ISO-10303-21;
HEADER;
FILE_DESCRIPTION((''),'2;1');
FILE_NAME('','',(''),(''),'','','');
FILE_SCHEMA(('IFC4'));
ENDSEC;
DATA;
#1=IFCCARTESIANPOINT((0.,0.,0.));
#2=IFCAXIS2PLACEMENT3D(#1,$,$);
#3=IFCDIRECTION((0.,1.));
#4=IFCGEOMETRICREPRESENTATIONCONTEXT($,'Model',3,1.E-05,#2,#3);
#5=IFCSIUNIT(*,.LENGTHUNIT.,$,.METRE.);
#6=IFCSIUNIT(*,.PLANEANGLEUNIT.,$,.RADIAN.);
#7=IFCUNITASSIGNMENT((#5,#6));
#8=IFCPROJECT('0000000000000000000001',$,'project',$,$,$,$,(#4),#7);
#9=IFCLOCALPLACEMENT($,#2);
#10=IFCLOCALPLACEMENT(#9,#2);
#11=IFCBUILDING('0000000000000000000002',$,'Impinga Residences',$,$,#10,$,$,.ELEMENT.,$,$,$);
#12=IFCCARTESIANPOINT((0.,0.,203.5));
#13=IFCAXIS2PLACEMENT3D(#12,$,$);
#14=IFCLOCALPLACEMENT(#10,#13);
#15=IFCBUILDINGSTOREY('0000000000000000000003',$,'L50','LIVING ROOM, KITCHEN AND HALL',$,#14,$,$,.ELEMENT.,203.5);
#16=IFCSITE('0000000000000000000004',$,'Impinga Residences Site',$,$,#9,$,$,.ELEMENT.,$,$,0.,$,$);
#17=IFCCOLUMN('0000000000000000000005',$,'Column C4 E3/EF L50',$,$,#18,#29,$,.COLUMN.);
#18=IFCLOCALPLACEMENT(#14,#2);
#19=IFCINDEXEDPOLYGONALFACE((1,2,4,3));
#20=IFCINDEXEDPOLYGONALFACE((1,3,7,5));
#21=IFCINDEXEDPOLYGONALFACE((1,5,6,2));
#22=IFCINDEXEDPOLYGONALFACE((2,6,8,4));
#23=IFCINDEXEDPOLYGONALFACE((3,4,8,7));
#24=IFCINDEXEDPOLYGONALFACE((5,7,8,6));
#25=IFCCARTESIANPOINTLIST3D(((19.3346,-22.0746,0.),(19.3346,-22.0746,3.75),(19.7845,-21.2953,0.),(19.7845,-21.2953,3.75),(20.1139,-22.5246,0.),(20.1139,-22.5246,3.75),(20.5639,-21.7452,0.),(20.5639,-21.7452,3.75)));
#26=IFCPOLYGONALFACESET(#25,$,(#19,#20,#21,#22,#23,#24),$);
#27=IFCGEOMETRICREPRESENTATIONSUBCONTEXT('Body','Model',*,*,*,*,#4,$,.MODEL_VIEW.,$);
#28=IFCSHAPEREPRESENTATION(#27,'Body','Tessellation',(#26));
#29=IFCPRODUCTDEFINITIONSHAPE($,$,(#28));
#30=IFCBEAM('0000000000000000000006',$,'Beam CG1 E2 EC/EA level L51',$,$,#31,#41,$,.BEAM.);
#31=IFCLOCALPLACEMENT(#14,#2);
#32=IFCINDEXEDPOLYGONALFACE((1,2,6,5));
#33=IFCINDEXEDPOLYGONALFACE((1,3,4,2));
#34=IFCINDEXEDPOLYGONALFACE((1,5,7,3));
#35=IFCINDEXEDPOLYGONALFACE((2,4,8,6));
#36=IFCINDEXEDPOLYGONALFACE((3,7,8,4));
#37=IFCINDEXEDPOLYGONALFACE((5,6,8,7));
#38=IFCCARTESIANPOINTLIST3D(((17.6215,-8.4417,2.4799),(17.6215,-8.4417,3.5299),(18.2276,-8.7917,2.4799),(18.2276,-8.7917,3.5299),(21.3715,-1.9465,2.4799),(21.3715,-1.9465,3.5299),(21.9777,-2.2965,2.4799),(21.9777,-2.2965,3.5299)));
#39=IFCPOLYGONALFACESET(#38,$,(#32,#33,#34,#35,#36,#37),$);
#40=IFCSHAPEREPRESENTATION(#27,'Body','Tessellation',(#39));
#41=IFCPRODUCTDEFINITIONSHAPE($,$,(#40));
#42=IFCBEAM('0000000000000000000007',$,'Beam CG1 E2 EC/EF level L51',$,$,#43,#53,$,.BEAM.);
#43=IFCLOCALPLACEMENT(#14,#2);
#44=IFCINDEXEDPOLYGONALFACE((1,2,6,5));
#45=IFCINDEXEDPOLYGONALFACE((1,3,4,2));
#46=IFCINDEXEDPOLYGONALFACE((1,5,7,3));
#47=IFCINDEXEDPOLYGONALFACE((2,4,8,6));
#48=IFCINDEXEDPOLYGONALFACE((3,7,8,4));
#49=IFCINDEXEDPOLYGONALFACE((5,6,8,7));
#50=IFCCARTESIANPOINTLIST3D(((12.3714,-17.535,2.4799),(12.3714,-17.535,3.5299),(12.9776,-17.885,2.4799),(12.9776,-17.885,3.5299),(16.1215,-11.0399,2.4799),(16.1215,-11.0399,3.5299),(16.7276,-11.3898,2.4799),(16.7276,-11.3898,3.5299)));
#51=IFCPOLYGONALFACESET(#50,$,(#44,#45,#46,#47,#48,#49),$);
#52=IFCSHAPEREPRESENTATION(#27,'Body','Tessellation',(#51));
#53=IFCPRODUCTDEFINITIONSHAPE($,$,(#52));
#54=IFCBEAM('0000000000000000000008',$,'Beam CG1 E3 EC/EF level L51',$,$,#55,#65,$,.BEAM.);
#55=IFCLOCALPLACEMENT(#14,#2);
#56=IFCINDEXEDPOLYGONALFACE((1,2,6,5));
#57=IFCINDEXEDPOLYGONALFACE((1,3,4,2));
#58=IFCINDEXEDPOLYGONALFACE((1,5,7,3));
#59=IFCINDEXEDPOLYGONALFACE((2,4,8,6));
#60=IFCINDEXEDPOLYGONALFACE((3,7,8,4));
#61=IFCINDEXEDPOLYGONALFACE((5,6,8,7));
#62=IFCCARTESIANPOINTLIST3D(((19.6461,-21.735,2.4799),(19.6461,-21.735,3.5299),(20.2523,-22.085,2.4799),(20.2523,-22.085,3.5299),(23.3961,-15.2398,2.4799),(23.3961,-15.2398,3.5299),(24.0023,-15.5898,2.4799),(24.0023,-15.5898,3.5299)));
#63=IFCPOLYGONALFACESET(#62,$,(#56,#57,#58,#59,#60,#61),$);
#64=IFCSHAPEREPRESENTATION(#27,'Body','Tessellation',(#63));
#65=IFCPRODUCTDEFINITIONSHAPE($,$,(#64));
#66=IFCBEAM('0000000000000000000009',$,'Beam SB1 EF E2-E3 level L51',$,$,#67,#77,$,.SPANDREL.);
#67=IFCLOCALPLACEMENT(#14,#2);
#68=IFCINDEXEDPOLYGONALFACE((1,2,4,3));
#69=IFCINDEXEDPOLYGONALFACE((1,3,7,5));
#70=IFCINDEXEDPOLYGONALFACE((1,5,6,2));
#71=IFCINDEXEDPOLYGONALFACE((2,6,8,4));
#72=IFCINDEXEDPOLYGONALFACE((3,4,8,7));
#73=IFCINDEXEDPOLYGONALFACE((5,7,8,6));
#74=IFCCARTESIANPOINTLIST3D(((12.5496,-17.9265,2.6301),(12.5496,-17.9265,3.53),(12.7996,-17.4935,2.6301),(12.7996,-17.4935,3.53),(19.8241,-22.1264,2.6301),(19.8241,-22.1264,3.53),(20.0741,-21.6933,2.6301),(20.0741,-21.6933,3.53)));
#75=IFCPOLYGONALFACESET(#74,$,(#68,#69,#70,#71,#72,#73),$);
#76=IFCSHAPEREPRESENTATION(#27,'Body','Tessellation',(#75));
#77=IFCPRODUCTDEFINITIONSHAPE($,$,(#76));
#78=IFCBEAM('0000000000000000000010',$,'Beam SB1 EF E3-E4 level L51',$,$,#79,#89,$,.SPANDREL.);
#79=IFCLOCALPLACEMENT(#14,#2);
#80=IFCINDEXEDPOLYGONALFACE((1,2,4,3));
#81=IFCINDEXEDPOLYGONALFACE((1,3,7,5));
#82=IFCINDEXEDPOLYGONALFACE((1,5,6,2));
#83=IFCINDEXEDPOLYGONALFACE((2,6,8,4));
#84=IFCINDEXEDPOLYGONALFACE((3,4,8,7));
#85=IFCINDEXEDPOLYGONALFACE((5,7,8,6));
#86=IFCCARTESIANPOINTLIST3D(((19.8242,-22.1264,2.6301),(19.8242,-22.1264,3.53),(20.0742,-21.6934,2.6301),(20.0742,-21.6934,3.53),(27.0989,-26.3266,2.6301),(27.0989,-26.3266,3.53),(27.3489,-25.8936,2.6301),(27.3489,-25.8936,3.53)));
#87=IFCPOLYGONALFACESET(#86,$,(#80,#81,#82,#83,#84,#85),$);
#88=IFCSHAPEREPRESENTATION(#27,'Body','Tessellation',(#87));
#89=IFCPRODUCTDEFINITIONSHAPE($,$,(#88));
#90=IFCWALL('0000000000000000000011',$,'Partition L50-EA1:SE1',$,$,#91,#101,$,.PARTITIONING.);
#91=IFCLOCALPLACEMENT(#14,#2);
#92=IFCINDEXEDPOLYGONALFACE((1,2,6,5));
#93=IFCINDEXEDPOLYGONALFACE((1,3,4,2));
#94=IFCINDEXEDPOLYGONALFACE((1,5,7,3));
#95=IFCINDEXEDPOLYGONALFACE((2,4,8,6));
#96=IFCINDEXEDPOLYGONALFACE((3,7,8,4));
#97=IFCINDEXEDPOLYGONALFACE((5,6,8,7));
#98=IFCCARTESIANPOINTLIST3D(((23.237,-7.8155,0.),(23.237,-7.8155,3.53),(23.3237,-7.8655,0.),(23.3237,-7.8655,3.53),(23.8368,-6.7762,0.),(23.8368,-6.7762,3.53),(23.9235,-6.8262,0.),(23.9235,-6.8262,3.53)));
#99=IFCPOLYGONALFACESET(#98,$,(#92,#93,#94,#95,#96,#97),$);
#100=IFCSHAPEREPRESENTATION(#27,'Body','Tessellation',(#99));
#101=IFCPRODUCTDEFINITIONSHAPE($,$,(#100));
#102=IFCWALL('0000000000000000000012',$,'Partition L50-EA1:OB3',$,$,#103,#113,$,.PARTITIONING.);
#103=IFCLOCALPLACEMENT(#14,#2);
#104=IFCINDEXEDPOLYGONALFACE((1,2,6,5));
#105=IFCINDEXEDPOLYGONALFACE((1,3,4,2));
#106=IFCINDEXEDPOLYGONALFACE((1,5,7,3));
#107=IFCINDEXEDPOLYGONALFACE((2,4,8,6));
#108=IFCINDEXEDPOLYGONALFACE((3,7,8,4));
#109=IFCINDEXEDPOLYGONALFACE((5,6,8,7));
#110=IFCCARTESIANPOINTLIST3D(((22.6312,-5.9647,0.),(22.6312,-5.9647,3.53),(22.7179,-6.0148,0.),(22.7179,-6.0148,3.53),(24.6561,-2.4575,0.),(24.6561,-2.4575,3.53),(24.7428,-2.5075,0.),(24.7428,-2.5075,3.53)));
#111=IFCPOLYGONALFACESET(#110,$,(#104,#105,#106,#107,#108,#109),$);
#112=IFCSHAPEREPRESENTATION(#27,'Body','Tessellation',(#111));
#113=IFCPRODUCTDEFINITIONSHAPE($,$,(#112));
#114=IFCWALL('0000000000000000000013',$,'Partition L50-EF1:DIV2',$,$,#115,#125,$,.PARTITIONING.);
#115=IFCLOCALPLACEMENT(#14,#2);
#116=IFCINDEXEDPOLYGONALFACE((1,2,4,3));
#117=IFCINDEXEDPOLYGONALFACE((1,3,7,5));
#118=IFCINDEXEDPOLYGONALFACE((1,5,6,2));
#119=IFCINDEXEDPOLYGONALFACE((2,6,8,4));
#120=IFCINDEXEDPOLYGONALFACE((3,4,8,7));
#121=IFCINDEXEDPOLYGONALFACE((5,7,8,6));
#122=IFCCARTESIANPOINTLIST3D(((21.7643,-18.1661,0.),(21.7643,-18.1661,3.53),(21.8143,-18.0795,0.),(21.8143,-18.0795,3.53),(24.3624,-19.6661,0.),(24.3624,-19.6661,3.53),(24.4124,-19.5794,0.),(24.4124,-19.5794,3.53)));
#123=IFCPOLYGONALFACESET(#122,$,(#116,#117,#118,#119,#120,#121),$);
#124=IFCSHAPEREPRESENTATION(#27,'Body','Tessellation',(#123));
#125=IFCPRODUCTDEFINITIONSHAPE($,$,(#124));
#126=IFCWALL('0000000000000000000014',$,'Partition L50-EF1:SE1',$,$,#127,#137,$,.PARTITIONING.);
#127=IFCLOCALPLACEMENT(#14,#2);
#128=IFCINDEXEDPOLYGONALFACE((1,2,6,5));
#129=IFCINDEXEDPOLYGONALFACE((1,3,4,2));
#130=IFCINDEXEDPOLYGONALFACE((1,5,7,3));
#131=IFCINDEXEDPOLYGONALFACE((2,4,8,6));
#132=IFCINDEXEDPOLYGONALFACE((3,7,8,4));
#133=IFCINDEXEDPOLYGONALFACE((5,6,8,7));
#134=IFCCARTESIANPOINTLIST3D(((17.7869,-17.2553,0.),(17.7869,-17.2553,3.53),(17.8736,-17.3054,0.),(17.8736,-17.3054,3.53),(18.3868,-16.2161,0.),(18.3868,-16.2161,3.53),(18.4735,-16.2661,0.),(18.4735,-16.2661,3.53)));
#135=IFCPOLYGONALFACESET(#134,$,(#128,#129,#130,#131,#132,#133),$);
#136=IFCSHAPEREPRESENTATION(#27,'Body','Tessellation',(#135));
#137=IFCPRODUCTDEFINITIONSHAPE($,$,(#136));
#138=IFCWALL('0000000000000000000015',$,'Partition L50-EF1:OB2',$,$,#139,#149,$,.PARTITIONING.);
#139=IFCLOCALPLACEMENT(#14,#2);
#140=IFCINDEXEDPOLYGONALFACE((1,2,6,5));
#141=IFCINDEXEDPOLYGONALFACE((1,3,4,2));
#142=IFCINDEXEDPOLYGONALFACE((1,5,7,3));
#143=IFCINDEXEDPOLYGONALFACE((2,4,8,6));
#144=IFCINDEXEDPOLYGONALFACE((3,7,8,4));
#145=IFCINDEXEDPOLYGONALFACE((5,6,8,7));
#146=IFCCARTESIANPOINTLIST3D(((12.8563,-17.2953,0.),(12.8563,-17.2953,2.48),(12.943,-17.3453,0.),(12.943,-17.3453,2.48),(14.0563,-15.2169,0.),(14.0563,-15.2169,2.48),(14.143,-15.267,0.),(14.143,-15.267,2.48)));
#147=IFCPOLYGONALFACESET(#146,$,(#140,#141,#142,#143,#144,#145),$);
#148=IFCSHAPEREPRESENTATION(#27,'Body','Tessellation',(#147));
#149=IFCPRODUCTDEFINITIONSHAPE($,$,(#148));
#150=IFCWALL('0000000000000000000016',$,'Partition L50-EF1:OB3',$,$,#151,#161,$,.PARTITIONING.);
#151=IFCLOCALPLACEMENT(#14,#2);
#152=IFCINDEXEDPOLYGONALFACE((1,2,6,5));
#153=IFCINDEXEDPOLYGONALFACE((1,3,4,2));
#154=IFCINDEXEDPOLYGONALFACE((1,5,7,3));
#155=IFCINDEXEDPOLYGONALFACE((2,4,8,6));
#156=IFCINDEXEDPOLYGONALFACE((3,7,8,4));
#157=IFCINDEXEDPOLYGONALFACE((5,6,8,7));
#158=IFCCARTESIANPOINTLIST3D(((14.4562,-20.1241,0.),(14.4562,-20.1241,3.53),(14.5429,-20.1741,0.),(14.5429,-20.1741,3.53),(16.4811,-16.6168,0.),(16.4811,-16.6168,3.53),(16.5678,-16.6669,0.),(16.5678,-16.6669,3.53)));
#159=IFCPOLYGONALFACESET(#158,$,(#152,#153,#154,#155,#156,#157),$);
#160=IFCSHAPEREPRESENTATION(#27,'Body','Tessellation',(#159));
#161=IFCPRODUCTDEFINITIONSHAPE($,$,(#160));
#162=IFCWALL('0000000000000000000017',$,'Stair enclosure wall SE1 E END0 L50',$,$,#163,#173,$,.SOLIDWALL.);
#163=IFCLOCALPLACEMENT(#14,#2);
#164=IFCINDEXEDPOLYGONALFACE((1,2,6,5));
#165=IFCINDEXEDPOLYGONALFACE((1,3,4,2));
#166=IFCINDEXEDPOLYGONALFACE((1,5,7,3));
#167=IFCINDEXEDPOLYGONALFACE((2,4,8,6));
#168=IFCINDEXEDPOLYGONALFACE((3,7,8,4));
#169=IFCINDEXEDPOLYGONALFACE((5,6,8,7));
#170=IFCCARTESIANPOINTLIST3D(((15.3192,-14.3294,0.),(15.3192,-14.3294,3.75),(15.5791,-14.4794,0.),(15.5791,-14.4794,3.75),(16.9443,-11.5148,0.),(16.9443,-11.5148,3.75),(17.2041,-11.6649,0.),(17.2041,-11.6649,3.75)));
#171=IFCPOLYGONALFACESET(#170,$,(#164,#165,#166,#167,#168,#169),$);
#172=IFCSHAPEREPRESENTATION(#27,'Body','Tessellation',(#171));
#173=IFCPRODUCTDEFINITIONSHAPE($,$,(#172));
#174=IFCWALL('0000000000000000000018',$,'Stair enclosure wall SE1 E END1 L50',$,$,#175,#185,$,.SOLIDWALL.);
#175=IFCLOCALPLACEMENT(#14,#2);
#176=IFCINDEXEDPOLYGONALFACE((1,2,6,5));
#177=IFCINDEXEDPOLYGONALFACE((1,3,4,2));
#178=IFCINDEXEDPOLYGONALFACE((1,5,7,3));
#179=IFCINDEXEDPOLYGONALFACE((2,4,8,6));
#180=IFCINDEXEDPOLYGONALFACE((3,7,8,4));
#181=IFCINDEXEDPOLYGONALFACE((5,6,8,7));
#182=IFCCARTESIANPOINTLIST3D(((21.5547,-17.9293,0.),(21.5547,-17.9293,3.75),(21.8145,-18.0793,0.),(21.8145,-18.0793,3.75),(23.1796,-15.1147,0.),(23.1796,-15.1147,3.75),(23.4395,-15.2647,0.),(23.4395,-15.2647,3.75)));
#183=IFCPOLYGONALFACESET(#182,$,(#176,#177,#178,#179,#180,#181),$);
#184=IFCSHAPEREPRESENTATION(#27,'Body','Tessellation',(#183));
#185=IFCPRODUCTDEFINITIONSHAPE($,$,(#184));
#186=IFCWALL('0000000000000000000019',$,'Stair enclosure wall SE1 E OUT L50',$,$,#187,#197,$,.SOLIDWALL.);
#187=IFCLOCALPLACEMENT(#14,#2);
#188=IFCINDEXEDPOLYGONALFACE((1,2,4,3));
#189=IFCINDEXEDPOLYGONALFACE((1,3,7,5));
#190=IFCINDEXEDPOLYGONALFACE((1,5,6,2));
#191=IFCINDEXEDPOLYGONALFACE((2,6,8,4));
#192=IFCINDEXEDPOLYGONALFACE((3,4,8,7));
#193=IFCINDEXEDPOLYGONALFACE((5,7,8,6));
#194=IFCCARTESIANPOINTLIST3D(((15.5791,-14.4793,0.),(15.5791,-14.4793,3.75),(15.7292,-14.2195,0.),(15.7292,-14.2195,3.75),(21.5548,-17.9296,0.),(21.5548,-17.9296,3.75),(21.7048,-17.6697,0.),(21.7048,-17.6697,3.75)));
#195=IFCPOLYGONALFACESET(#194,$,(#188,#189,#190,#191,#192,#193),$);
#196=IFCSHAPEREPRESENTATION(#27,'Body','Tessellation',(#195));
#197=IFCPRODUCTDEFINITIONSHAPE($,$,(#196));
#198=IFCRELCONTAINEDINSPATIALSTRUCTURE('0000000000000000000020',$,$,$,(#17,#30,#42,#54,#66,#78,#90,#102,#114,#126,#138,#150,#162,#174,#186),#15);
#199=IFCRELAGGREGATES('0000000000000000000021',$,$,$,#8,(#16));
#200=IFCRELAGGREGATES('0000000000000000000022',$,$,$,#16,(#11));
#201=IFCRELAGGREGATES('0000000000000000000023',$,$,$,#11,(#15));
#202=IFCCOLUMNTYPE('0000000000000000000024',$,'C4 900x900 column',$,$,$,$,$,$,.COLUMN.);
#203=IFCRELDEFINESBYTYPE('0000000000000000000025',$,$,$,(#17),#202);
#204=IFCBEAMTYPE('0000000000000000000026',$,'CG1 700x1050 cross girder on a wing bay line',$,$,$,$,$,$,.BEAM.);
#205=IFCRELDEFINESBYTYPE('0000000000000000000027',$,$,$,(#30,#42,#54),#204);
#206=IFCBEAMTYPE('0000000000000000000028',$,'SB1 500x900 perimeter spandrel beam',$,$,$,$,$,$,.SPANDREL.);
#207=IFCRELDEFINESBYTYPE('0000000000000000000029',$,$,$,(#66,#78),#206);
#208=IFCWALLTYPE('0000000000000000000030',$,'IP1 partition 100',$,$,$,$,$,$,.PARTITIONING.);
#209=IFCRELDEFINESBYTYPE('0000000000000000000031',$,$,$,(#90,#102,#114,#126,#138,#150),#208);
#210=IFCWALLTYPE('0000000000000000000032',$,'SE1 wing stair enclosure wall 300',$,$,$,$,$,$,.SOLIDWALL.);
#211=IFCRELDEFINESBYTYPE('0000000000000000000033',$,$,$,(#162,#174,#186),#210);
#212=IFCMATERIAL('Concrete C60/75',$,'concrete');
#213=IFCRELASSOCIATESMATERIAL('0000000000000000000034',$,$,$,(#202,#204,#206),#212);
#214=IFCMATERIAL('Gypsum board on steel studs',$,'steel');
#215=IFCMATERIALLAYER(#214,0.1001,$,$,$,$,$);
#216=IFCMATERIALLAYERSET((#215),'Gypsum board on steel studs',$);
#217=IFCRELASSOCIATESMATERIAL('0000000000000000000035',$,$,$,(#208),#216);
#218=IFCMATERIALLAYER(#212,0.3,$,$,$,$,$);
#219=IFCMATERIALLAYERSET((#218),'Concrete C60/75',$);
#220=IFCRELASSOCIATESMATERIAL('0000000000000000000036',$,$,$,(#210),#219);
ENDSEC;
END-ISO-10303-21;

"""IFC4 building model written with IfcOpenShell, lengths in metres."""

from ifc_helpers import new_model, si_unit, direction, frame, frame_2d, origin, origin_2d, place, context, subcontext, project, spatial, rectangle, extrude, material, layer, layer_set, material_profile, profile_set, type_object, element, save


model = new_model("IFC4")

# Units and contexts
model_context = context("Model", 3, precision=1e-05, world=origin(), true_north=direction((0.0, 1.0)))
body_context = subcontext(model_context, "Body", "Model", "MODEL_VIEW")
ifc_project = project(units=[si_unit("LENGTHUNIT", "METRE"), si_unit("PLANEANGLEUNIT", "RADIAN")], contexts=[model_context])

# Site, building, storey
site_placement = place(None, origin())
site = spatial("IfcSite", under=ifc_project, at=site_placement, Name="Impinga Residences Site", CompositionType="ELEMENT", RefElevation=0.0)
building_placement = place(site_placement, origin())
building = spatial("IfcBuilding", under=site, at=building_placement, Name="Impinga Residences", CompositionType="ELEMENT")
storey_placement = place(building_placement, frame((0.0, 0.0, 203.5)))
storey = spatial("IfcBuildingStorey", under=building, at=storey_placement, Name="L50", Description="LIVING ROOM, KITCHEN AND HALL", CompositionType="ELEMENT", Elevation=203.5)

# Column
ifc_material_1 = material(Name="Concrete C60/75", Category="concrete")
ifc_material_profile_1 = material_profile(ifc_material_1, rectangle(XDim=0.8999, YDim=0.8999, at=origin_2d()), Name="RC 900x900")
ifc_profile_set_1 = profile_set([ifc_material_profile_1], Name="Concrete C60/75")
column_type = type_object("IfcColumnType", Name="C4 900x900 column", PredefinedType="COLUMN", material=ifc_profile_set_1)
column_placement = place(storey_placement, frame((19.9492, -21.9099, 0.0), z_axis=(0.0, 0.0, 1.0), x_axis=(-0.5, -0.866025, 0.0)))
element("IfcColumn", 1, at=column_placement, inside=storey, type_object=column_type, Name="Column C4 E3/EF L50", PredefinedType="COLUMN", context=body_context, shape_type="SweptSolid", body=[
    extrude(rectangle(XDim=0.8999, YDim=0.8999, at=origin_2d()), origin(), (0.0, 0.0, 1.0), 3.75),
])

# Beams
ifc_material_profile_2 = material_profile(ifc_material_1, rectangle(XDim=0.7, YDim=1.05, at=origin_2d()), Name="RC 700x1050")
ifc_profile_set_2 = profile_set([ifc_material_profile_2], Name="Concrete C60/75")
beam_type_1 = type_object("IfcBeamType", Name="CG1 700x1050 cross girder on a wing bay line", PredefinedType="BEAM", material=ifc_profile_set_2)
for number, where, z_axis, x_axis, name in (
    (2, (17.9246, -8.6167, 3.0049), (0.500004, 0.866023, 0.0), (-0.866023, 0.500004, 0.0), "Beam CG1 E2 EC/EA level L51"),
    (3, (16.4246, -11.2148, 3.0049), (-0.500004, -0.866023, 0.0), (0.866023, -0.500004, 0.0), "Beam CG1 E2 EC/EF level L51"),
    (4, (23.6992, -15.4148, 3.0049), (-0.500004, -0.866023, 0.0), (0.866023, -0.500004, 0.0), "Beam CG1 E3 EC/EF level L51"),
):
    element("IfcBeam", number, at=place(storey_placement, frame(where, z_axis=z_axis, x_axis=x_axis)), inside=storey, type_object=beam_type_1, Name=name, PredefinedType="BEAM", context=body_context, shape_type="SweptSolid", body=[
        extrude(rectangle(XDim=0.7, YDim=1.05, at=origin_2d()), origin(), (0.0, 0.0, 1.0), 7.5),
    ])
ifc_material_profile_3 = material_profile(ifc_material_1, rectangle(XDim=0.5, YDim=0.8999, at=origin_2d()), Name="RC 500x900")
ifc_profile_set_3 = profile_set([ifc_material_profile_3], Name="Concrete C60/75")
beam_type_2 = type_object("IfcBeamType", Name="SB1 500x900 perimeter spandrel beam", PredefinedType="SPANDREL", material=ifc_profile_set_3)
beam_1_placement = place(storey_placement, frame((12.6746, -17.71, 3.0801), z_axis=(0.866029, -0.499993, 0.0), x_axis=(0.499993, 0.866029, 0.0)))
element("IfcBeam", 5, at=beam_1_placement, inside=storey, type_object=beam_type_2, Name="Beam SB1 EF E2-E3 level L51", PredefinedType="SPANDREL", context=body_context, shape_type="SweptSolid", body=[
    extrude(rectangle(XDim=0.5, YDim=0.8999, at=origin_2d()), origin(), (0.0, 0.0, 1.0), 8.3999),
])
beam_2_placement = place(storey_placement, frame((19.9492, -21.9099, 3.0801), z_axis=(0.866017, -0.500015, 0.0), x_axis=(0.500015, 0.866017, 0.0)))
element("IfcBeam", 6, at=beam_2_placement, inside=storey, type_object=beam_type_2, Name="Beam SB1 EF E3-E4 level L51", PredefinedType="SPANDREL", context=body_context, shape_type="SweptSolid", body=[
    extrude(rectangle(XDim=0.5, YDim=0.8999, at=origin_2d()), origin(), (0.0, 0.0, 1.0), 8.4001),
])

# Walls
ifc_material_2 = material(Name="Gypsum board on steel studs", Category="steel")
ifc_layer_1 = layer(ifc_material_2, 0.1001)
ifc_layer_set_1 = layer_set([ifc_layer_1], Name="Gypsum board on steel studs")
wall_type_1 = type_object("IfcWallType", Name="IP1 partition 100", PredefinedType="PARTITIONING", material=ifc_layer_set_1)
wall_1_placement = place(storey_placement, frame((23.2803, -7.8406, 0.0), z_axis=(0.0, 0.0, 1.0), x_axis=(0.499881, 0.866094, 0.0)))
element("IfcWall", 7, at=wall_1_placement, inside=storey, type_object=wall_type_1, Name="Partition L50-EA1:SE1", PredefinedType="PARTITIONING", context=body_context, shape_type="SweptSolid", body=[
    extrude(rectangle(XDim=1.2, YDim=0.1001, at=frame_2d((0.6001, 0.0))), origin(), (0.0, 0.0, 1.0), 3.53),
])
wall_2_placement = place(storey_placement, frame((22.6746, -5.9897, 0.0), z_axis=(0.0, 0.0, 1.0), x_axis=(0.49999, 0.866031, 0.0)))
element("IfcWall", 8, at=wall_2_placement, inside=storey, type_object=wall_type_1, Name="Partition L50-EA1:OB3", PredefinedType="PARTITIONING", context=body_context, shape_type="SweptSolid", body=[
    extrude(rectangle(XDim=4.0498, YDim=0.1001, at=frame_2d((2.0249, 0.0))), origin(), (0.0, 0.0, 1.0), 3.53),
])
wall_3_placement = place(storey_placement, frame((21.7893, -18.1228, 0.0), z_axis=(0.0, 0.0, 1.0), x_axis=(0.866031, -0.49999, 0.0)))
element("IfcWall", 9, at=wall_3_placement, inside=storey, type_object=wall_type_1, Name="Partition L50-EF1:DIV2", PredefinedType="PARTITIONING", context=body_context, shape_type="SweptSolid", body=[
    extrude(rectangle(XDim=3.0, YDim=0.1001, at=frame_2d((1.5, 0.0))), origin(), (0.0, 0.0, 1.0), 3.53),
])
wall_4_placement = place(storey_placement, frame((18.4302, -16.241, 0.0), z_axis=(0.0, 0.0, 1.0), x_axis=(-0.499881, -0.866094, 0.0)))
element("IfcWall", 10, at=wall_4_placement, inside=storey, type_object=wall_type_1, Name="Partition L50-EF1:SE1", PredefinedType="PARTITIONING", context=body_context, shape_type="SweptSolid", body=[
    extrude(rectangle(XDim=1.2, YDim=0.1001, at=frame_2d((0.6001, 0.0))), origin(), (0.0, 0.0, 1.0), 3.53),
])
wall_5_placement = place(storey_placement, frame((14.0996, -15.2419, 0.0), z_axis=(0.0, 0.0, 1.0), x_axis=(-0.500001, -0.866025, 0.0)))
element("IfcWall", 11, at=wall_5_placement, inside=storey, type_object=wall_type_1, Name="Partition L50-EF1:OB2", PredefinedType="PARTITIONING", context=body_context, shape_type="SweptSolid", body=[
    extrude(rectangle(XDim=2.3999, YDim=0.1001, at=frame_2d((1.2, 0.0))), origin(), (0.0, 0.0, 1.0), 2.48),
])
wall_6_placement = place(storey_placement, frame((16.5244, -16.6418, 0.0), z_axis=(0.0, 0.0, 1.0), x_axis=(-0.49999, -0.866031, 0.0)))
element("IfcWall", 12, at=wall_6_placement, inside=storey, type_object=wall_type_1, Name="Partition L50-EF1:OB3", PredefinedType="PARTITIONING", context=body_context, shape_type="SweptSolid", body=[
    extrude(rectangle(XDim=4.0498, YDim=0.1001, at=frame_2d((2.0249, 0.0))), origin(), (0.0, 0.0, 1.0), 3.53),
])
ifc_layer_2 = layer(ifc_material_1, 0.3)
ifc_layer_set_2 = layer_set([ifc_layer_2], Name="Concrete C60/75")
wall_type_2 = type_object("IfcWallType", Name="SE1 wing stair enclosure wall 300", PredefinedType="SOLIDWALL", material=ifc_layer_set_2)
for number, where, z_axis, x_axis, name in (
    (13, (17.0742, -11.5898, 0.0), (0.0, 0.0, 1.0), (-0.500017, -0.866015, 0.0), "Stair enclosure wall SE1 E END0 L50"),
    (14, (23.3096, -15.1897, 0.0), (0.0, 0.0, 1.0), (-0.499985, -0.866034, 0.0), "Stair enclosure wall SE1 E END1 L50"),
):
    element("IfcWall", number, at=place(storey_placement, frame(where, z_axis=z_axis, x_axis=x_axis)), inside=storey, type_object=wall_type_2, Name=name, PredefinedType="SOLIDWALL", context=body_context, shape_type="SweptSolid", body=[
        extrude(rectangle(XDim=3.25, YDim=0.3, at=frame_2d((1.625, 0.0))), origin(), (0.0, 0.0, 1.0), 3.75),
    ])
wall_7_placement = place(storey_placement, frame((15.6541, -14.3494, 0.0), z_axis=(0.0, 0.0, 1.0), x_axis=(0.866014, -0.500021, 0.0)))
element("IfcWall", 15, at=wall_7_placement, inside=storey, type_object=wall_type_2, Name="Stair enclosure wall SE1 E OUT L50", PredefinedType="SOLIDWALL", context=body_context, shape_type="SweptSolid", body=[
    extrude(rectangle(XDim=6.9001, YDim=0.3, at=frame_2d((3.4502, 0.0))), origin(), (0.0, 0.0, 1.0), 3.75),
])

save(model, "model.ifc")
